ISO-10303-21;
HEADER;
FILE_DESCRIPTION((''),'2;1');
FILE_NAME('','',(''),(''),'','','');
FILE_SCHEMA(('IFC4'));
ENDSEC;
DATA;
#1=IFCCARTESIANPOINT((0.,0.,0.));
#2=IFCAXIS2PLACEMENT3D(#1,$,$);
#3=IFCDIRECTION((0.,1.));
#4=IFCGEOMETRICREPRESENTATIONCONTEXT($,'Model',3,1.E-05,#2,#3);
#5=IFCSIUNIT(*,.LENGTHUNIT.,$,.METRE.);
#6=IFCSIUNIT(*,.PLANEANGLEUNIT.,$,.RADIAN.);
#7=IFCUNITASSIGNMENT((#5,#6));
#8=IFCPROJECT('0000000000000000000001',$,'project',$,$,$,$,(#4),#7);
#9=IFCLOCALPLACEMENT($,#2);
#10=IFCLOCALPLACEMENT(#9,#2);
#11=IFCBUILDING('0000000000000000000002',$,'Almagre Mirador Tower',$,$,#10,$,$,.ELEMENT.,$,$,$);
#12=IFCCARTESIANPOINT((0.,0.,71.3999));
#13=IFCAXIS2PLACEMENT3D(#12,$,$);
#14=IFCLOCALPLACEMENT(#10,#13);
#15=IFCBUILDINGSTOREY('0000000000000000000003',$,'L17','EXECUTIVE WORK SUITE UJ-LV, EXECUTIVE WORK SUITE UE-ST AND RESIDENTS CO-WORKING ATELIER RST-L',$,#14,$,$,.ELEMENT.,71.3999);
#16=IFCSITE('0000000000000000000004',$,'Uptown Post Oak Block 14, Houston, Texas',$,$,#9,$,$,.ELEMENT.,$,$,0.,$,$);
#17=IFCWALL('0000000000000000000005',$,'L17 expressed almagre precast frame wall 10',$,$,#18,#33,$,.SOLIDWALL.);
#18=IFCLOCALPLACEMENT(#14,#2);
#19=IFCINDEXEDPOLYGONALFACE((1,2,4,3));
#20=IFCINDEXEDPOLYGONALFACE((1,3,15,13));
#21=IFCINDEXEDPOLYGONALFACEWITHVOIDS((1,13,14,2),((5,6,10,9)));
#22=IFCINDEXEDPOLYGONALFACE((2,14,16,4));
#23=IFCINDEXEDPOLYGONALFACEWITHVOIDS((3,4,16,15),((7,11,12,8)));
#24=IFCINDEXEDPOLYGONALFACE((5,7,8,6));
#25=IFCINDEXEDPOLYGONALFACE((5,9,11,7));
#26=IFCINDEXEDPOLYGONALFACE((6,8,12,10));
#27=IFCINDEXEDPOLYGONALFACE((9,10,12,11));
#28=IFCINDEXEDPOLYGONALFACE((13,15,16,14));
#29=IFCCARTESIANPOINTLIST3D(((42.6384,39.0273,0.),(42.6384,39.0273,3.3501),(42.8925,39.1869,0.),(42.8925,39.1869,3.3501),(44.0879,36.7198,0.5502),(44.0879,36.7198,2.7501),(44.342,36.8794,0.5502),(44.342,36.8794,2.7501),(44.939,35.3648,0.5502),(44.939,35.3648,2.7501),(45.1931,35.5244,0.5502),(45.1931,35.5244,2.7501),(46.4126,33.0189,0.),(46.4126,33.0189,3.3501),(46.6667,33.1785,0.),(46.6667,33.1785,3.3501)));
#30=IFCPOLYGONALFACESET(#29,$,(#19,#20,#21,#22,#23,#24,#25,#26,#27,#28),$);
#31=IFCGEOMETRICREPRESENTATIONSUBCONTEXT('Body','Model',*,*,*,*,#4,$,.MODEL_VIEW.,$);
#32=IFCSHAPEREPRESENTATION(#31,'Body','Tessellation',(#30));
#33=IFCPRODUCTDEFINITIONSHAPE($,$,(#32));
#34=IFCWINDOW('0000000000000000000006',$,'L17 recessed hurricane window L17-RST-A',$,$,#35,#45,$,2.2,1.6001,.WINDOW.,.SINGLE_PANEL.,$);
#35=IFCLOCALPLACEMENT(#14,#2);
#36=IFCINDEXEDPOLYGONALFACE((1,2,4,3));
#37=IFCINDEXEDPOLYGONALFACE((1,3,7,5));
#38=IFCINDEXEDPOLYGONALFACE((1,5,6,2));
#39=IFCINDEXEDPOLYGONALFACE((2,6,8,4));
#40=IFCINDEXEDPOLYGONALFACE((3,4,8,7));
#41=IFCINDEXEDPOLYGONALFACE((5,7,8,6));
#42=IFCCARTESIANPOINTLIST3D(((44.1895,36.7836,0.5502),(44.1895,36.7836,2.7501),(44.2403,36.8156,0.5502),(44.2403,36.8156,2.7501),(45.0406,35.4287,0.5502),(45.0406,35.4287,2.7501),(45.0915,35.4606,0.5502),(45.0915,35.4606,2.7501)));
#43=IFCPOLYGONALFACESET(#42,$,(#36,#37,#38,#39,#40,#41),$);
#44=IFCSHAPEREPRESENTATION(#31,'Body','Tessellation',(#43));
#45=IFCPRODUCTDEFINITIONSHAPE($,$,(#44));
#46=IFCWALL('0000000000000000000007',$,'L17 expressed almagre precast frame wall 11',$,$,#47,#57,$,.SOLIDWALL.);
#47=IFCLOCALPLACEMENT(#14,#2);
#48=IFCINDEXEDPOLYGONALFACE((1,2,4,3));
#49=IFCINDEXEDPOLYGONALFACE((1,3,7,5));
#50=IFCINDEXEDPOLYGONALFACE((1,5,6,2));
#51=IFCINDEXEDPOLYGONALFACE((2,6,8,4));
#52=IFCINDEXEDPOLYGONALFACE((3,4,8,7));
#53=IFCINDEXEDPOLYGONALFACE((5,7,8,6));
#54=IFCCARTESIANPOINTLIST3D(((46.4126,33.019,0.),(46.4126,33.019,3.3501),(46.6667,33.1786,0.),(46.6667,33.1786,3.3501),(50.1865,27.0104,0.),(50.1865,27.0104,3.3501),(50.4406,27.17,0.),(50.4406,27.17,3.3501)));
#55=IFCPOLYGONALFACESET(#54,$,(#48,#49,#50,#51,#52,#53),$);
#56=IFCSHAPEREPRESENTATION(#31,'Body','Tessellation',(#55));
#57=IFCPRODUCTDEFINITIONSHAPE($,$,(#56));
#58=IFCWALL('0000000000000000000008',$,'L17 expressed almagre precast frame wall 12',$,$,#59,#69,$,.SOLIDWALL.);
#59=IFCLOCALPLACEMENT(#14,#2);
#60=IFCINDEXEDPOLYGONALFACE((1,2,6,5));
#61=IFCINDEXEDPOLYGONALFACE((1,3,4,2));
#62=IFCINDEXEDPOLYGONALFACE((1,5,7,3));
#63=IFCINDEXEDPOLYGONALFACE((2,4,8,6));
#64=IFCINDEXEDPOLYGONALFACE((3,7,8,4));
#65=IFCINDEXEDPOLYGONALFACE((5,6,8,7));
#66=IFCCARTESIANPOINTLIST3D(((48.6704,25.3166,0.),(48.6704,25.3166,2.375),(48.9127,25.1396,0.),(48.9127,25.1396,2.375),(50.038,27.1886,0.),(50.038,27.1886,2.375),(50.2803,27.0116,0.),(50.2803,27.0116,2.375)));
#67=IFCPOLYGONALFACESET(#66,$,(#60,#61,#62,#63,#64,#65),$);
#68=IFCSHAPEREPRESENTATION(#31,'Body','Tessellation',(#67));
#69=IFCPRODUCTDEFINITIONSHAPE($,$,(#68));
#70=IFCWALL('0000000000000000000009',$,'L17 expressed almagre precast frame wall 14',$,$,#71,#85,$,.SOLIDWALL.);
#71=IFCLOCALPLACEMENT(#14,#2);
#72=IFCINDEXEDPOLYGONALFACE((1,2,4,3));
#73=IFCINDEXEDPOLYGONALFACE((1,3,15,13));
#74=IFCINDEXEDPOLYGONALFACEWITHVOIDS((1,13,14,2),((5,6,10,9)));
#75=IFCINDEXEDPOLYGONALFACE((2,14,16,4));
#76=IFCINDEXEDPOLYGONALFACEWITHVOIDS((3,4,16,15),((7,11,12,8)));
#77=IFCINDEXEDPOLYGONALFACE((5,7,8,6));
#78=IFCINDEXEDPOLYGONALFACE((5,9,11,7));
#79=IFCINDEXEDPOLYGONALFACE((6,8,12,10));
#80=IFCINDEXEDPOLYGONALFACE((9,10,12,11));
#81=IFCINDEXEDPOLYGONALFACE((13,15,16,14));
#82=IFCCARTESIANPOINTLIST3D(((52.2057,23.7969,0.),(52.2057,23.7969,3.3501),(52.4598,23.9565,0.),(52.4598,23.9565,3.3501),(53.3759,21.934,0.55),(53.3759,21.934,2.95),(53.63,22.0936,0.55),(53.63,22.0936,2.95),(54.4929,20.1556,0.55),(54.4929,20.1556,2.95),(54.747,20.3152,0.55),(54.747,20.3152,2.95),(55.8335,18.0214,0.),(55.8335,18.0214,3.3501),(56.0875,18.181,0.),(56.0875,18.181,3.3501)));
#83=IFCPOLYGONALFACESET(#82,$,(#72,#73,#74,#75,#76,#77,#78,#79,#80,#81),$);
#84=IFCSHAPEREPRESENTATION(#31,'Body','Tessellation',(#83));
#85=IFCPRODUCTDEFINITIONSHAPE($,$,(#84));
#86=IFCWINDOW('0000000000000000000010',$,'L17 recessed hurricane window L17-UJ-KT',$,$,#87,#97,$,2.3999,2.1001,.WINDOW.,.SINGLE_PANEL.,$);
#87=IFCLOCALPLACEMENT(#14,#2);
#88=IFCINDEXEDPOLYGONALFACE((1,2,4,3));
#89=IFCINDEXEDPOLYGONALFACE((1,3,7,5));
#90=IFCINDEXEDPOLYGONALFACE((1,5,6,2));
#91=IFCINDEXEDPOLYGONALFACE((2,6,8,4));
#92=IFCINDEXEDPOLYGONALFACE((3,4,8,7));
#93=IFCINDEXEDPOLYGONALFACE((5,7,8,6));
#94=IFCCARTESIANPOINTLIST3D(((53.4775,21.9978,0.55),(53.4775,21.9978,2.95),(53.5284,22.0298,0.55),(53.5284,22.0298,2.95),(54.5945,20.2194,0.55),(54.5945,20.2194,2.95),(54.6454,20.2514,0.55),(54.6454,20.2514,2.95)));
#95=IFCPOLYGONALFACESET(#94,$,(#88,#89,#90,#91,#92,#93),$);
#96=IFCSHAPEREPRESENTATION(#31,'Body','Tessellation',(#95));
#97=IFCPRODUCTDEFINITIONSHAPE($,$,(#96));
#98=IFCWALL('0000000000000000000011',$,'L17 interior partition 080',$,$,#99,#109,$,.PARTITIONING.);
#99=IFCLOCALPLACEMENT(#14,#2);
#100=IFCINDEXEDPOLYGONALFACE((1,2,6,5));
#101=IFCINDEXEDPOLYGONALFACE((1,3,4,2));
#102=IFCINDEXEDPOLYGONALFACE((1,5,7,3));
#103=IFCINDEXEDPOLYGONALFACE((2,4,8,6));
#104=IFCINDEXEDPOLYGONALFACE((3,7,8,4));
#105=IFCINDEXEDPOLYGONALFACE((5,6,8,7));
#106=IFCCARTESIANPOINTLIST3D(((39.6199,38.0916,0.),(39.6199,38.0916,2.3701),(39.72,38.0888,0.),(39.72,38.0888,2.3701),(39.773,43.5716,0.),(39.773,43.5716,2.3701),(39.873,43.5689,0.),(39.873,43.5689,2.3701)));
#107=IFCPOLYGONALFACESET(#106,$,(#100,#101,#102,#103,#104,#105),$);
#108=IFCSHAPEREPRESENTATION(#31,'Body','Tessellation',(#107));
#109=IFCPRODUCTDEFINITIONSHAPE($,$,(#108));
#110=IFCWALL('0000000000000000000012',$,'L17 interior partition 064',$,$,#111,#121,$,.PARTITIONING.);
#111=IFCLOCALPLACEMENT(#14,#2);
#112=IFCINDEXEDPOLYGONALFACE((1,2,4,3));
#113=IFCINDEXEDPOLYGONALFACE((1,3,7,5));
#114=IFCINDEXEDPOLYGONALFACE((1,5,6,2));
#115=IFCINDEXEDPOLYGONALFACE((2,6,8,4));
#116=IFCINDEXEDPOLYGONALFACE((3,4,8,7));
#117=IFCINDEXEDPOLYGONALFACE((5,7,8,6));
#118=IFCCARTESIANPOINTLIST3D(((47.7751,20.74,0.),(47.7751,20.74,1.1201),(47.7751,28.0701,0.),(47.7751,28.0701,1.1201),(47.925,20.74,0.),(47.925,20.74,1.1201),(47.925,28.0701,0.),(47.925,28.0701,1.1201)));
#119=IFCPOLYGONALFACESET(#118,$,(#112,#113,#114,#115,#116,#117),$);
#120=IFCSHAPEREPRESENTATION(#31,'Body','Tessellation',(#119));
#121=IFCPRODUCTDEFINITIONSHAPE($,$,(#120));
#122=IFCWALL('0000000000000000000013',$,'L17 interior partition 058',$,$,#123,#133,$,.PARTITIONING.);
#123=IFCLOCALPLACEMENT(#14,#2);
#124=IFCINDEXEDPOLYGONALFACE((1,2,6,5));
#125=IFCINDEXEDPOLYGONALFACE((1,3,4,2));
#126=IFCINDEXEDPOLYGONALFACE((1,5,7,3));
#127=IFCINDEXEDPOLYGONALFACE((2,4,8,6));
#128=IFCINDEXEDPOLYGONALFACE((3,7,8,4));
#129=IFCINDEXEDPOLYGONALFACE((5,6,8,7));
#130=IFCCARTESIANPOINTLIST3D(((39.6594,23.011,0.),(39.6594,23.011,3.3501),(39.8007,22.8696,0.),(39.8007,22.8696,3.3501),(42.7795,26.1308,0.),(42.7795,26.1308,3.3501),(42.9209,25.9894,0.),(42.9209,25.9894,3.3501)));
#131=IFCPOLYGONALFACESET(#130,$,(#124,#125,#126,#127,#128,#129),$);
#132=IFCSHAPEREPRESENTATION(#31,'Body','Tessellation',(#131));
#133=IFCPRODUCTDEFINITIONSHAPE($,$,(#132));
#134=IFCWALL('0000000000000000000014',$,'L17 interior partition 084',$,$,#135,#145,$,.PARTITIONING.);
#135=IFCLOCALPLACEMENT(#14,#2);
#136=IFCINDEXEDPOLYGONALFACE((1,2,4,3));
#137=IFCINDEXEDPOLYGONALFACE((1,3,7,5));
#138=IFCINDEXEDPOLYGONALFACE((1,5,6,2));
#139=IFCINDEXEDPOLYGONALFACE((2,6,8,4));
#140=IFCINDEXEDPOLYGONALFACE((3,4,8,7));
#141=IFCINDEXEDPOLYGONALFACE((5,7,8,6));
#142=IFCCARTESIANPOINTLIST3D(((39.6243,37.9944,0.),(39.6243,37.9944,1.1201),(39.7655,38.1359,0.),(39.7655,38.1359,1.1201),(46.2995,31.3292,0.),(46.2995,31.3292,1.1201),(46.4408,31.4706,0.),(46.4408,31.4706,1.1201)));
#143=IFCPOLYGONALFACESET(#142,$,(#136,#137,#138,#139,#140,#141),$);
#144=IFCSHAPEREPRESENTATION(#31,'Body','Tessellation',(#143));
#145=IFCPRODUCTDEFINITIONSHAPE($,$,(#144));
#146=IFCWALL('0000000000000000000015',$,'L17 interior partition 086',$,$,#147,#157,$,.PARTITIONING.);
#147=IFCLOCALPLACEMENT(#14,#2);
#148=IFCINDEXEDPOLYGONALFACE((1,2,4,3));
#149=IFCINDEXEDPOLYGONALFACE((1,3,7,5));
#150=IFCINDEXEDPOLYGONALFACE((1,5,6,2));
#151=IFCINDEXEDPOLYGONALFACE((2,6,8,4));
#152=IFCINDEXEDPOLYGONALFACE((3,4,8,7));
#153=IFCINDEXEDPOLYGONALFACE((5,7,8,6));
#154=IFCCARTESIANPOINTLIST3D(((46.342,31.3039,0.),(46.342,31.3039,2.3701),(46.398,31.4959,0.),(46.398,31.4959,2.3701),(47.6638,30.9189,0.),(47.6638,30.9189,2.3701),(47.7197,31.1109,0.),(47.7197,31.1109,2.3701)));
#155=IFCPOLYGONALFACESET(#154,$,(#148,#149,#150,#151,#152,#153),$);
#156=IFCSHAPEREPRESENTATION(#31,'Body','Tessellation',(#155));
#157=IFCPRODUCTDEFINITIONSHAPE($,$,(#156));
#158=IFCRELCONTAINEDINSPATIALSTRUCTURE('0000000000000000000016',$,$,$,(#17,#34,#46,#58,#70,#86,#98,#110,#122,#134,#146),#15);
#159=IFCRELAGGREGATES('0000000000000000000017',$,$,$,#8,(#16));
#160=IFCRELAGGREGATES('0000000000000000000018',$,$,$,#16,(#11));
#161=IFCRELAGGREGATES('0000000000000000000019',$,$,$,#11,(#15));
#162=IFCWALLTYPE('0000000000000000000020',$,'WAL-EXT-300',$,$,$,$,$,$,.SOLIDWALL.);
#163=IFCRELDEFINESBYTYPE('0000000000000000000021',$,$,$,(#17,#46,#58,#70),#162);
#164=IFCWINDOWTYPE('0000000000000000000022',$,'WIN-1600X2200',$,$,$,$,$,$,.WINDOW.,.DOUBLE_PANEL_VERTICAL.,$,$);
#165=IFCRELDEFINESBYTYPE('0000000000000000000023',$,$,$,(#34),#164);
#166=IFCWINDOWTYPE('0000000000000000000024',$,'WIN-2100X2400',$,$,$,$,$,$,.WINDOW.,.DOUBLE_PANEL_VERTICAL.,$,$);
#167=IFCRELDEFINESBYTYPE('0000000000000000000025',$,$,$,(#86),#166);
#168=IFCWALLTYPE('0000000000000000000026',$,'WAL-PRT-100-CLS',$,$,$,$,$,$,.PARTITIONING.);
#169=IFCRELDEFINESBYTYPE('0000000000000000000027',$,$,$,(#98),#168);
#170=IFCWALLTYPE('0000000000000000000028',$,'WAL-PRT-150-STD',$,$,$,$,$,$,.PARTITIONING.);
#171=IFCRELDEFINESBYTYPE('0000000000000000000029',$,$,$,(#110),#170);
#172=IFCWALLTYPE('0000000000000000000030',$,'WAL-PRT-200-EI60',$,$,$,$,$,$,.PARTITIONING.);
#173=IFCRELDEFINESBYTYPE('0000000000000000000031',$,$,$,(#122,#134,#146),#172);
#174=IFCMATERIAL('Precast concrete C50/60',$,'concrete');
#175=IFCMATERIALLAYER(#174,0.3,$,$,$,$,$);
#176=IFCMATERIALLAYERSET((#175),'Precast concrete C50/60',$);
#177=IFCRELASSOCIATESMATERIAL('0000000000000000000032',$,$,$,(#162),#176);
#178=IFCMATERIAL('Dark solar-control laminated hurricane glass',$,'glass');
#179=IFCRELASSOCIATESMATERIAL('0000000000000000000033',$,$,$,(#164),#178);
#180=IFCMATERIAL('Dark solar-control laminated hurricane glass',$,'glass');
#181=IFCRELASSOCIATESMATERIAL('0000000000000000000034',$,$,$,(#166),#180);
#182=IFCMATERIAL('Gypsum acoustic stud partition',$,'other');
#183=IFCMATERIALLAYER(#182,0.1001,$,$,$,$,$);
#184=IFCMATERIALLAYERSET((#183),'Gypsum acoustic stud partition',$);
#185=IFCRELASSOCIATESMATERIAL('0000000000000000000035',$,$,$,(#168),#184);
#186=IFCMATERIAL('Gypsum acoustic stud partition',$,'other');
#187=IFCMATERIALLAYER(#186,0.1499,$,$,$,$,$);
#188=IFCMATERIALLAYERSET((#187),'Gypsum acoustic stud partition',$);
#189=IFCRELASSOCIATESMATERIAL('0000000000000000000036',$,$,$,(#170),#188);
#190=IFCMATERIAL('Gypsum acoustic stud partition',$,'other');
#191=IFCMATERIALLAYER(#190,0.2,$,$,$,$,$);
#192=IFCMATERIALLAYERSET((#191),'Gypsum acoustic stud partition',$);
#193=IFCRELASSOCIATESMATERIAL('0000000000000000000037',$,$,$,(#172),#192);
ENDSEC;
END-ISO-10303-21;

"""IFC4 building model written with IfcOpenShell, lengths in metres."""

from ifc_helpers import new_model, si_unit, direction, frame, frame_2d, origin, place, context, subcontext, project, spatial, rectangle, extrude, material, layer, layer_set, type_object, element, fill, save


model = new_model("IFC4")

# Units and contexts
model_context = context("Model", 3, precision=1e-05, world=origin(), true_north=direction((0.0, 1.0)))
body_context = subcontext(model_context, "Body", "Model", "MODEL_VIEW")
ifc_project = project(units=[si_unit("LENGTHUNIT", "METRE"), si_unit("PLANEANGLEUNIT", "RADIAN")], contexts=[model_context])

# Site, building, storey
site_placement = place(None, origin())
site = spatial("IfcSite", under=ifc_project, at=site_placement, Name="Uptown Post Oak Block 14, Houston, Texas", CompositionType="ELEMENT", RefElevation=0.0)
building_placement = place(site_placement, origin())
building = spatial("IfcBuilding", under=site, at=building_placement, Name="Almagre Mirador Tower", CompositionType="ELEMENT")
storey_placement = place(building_placement, frame((0.0, 0.0, 71.3999)))
storey = spatial("IfcBuildingStorey", under=building, at=storey_placement, Name="L17", Description="EXECUTIVE WORK SUITE UJ-LV, EXECUTIVE WORK SUITE UE-ST AND RESIDENTS CO-WORKING ATELIER RST-L", CompositionType="ELEMENT", Elevation=71.3999)

# Shared definitions
ifc_material_1 = material(Name="Precast concrete C50/60", Category="concrete")
ifc_layer_1 = layer(ifc_material_1, 0.3)
ifc_layer_set_1 = layer_set([ifc_layer_1], Name="Precast concrete C50/60")
wall_type_1 = type_object("IfcWallType", Name="WAL-EXT-300", PredefinedType="SOLIDWALL", material=ifc_layer_set_1)

# Wall, opening, window
wall_1_placement = place(storey_placement, frame((42.7654, 39.1072, 0.0), z_axis=(0.0, 0.0, 1.0), x_axis=(0.531921, -0.846794, 0.0)))
wall_1 = element("IfcWall", 1, at=wall_1_placement, inside=storey, type_object=wall_type_1, Name="L17 expressed almagre precast frame wall 10", PredefinedType="SOLIDWALL", context=body_context, shape_type="SweptSolid", body=[
    extrude(rectangle(XDim=7.0955, YDim=0.3, at=frame_2d((3.5479, 0.0))), origin(), (0.0, 0.0, 1.0), 3.3501),
])
opening_1_placement = place(wall_1_placement, frame((2.7251, 0.0, 0.55)))
opening_1 = element("IfcOpeningElement", 2, at=opening_1_placement, cuts=wall_1, PredefinedType="OPENING", context=body_context, shape_type="SweptSolid", body=[
    extrude(rectangle(XDim=1.6001, YDim=2.2, at=frame_2d((0.8, 1.1001))), frame((0.0, 0.1599, 0.0), z_axis=(0.0, -1.0, 0.0), x_axis=(1.0, 0.0, 0.0)), (0.0, 0.0, 1.0), 0.32),
])
ifc_material_2 = material(Name="Dark solar-control laminated hurricane glass", Category="glass")
window_type_1 = type_object("IfcWindowType", Name="WIN-1600X2200", PartitioningType="DOUBLE_PANEL_VERTICAL", PredefinedType="WINDOW", material=ifc_material_2)
window_1_placement = place(opening_1_placement, origin())
window_1 = element("IfcWindow", 3, at=window_1_placement, inside=storey, type_object=window_type_1, Name="L17 recessed hurricane window L17-RST-A", OverallHeight=2.2, OverallWidth=1.6001, PartitioningType="SINGLE_PANEL", PredefinedType="WINDOW", context=body_context, shape_type="SweptSolid", body=[
    extrude(rectangle(XDim=1.6001, YDim=2.2, at=frame_2d((0.8, 1.1001))), frame((0.0, 0.03, 0.0), z_axis=(0.0, -1.0, 0.0), x_axis=(1.0, 0.0, 0.0)), (0.0, 0.0, 1.0), 0.0601),
])
fill(opening_1, window_1)

# Walls
wall_2_placement = place(storey_placement, frame((46.5396, 33.0989, 0.0), z_axis=(0.0, 0.0, 1.0), x_axis=(0.531881, -0.846819, 0.0)))
element("IfcWall", 4, at=wall_2_placement, inside=storey, type_object=wall_type_1, Name="L17 expressed almagre precast frame wall 11", PredefinedType="SOLIDWALL", context=body_context, shape_type="SweptSolid", body=[
    extrude(rectangle(XDim=7.0955, YDim=0.3, at=frame_2d((3.5479, 0.0))), origin(), (0.0, 0.0, 1.0), 3.3501),
])
wall_3_placement = place(storey_placement, frame((50.1592, 27.1001, 0.0), z_axis=(0.0, 0.0, 1.0), x_axis=(-0.589911, -0.807468, 0.0)))
element("IfcWall", 5, at=wall_3_placement, inside=storey, type_object=wall_type_1, Name="L17 expressed almagre precast frame wall 12", PredefinedType="SOLIDWALL", context=body_context, shape_type="SweptSolid", body=[
    extrude(rectangle(XDim=2.3184, YDim=0.3, at=frame_2d((1.1592, 0.0))), origin(), (0.0, 0.0, 1.0), 2.375),
])

# Wall, opening, window
wall_4_placement = place(storey_placement, frame((52.3328, 23.8767, 0.0), z_axis=(0.0, 0.0, 1.0), x_axis=(0.531902, -0.846806, 0.0)))
wall_4 = element("IfcWall", 6, at=wall_4_placement, inside=storey, type_object=wall_type_1, Name="L17 expressed almagre precast frame wall 14", PredefinedType="SOLIDWALL", context=body_context, shape_type="SweptSolid", body=[
    extrude(rectangle(XDim=6.8203, YDim=0.3, at=frame_2d((3.4102, 0.0))), origin(), (0.0, 0.0, 1.0), 3.3501),
])
opening_2_placement = place(wall_4_placement, frame((2.2, 0.0, 0.55)))
opening_2 = element("IfcOpeningElement", 7, at=opening_2_placement, cuts=wall_4, PredefinedType="OPENING", context=body_context, shape_type="SweptSolid", body=[
    extrude(rectangle(XDim=2.1001, YDim=2.3999, at=frame_2d((1.05, 1.2))), frame((0.0, 0.1599, 0.0), z_axis=(0.0, -1.0, 0.0), x_axis=(1.0, 0.0, 0.0)), (0.0, 0.0, 1.0), 0.32),
])
ifc_material_3 = material(Name="Dark solar-control laminated hurricane glass", Category="glass")
window_type_2 = type_object("IfcWindowType", Name="WIN-2100X2400", PartitioningType="DOUBLE_PANEL_VERTICAL", PredefinedType="WINDOW", material=ifc_material_3)
window_2_placement = place(opening_2_placement, origin())
window_2 = element("IfcWindow", 8, at=window_2_placement, inside=storey, type_object=window_type_2, Name="L17 recessed hurricane window L17-UJ-KT", OverallHeight=2.3999, OverallWidth=2.1001, PartitioningType="SINGLE_PANEL", PredefinedType="WINDOW", context=body_context, shape_type="SweptSolid", body=[
    extrude(rectangle(XDim=2.1001, YDim=2.3999, at=frame_2d((1.05, 1.2))), frame((0.0, 0.03, 0.0), z_axis=(0.0, -1.0, 0.0), x_axis=(1.0, 0.0, 0.0)), (0.0, 0.0, 1.0), 0.0601),
])
fill(opening_2, window_2)

# Walls
ifc_material_4 = material(Name="Gypsum acoustic stud partition", Category="other")
ifc_layer_2 = layer(ifc_material_4, 0.1001)
ifc_layer_set_2 = layer_set([ifc_layer_2], Name="Gypsum acoustic stud partition")
wall_type_2 = type_object("IfcWallType", Name="WAL-PRT-100-CLS", PredefinedType="PARTITIONING", material=ifc_layer_set_2)
wall_5_placement = place(storey_placement, frame((39.6699, 38.0901, 0.0), z_axis=(0.0, 0.0, 1.0), x_axis=(0.027923, 0.99961, 0.0)))
element("IfcWall", 9, at=wall_5_placement, inside=storey, type_object=wall_type_2, Name="L17 interior partition 080", PredefinedType="PARTITIONING", context=body_context, shape_type="SweptSolid", body=[
    extrude(rectangle(XDim=5.4822, YDim=0.1001, at=frame_2d((2.7412, 0.0))), origin(), (0.0, 0.0, 1.0), 2.3701),
])
ifc_material_5 = material(Name="Gypsum acoustic stud partition", Category="other")
ifc_layer_3 = layer(ifc_material_5, 0.1499)
ifc_layer_set_3 = layer_set([ifc_layer_3], Name="Gypsum acoustic stud partition")
wall_type_3 = type_object("IfcWallType", Name="WAL-PRT-150-STD", PredefinedType="PARTITIONING", material=ifc_layer_set_3)
wall_6_placement = place(storey_placement, frame((47.8501, 28.0701, 0.0), z_axis=(0.0, 0.0, 1.0), x_axis=(0.0, -1.0, 0.0)))
element("IfcWall", 10, at=wall_6_placement, inside=storey, type_object=wall_type_3, Name="L17 interior partition 064", PredefinedType="PARTITIONING", context=body_context, shape_type="SweptSolid", body=[
    extrude(rectangle(XDim=7.3301, YDim=0.1499, at=frame_2d((3.665, 0.0))), origin(), (0.0, 0.0, 1.0), 1.1201),
])
ifc_material_6 = material(Name="Gypsum acoustic stud partition", Category="other")
ifc_layer_4 = layer(ifc_material_6, 0.2)
ifc_layer_set_4 = layer_set([ifc_layer_4], Name="Gypsum acoustic stud partition")
wall_type_4 = type_object("IfcWallType", Name="WAL-PRT-200-EI60", PredefinedType="PARTITIONING", material=ifc_layer_set_4)
wall_7_placement = place(storey_placement, frame((42.8501, 26.0601, 0.0), z_axis=(0.0, 0.0, 1.0), x_axis=(-0.707134, -0.707079, 0.0)))
element("IfcWall", 11, at=wall_7_placement, inside=storey, type_object=wall_type_4, Name="L17 interior partition 058", PredefinedType="PARTITIONING", context=body_context, shape_type="SweptSolid", body=[
    extrude(rectangle(XDim=4.4124, YDim=0.2, at=frame_2d((2.2061, 0.0))), origin(), (0.0, 0.0, 1.0), 3.3501),
])
wall_8_placement = place(storey_placement, frame((46.3701, 31.3999, 0.0), z_axis=(0.0, 0.0, 1.0), x_axis=(-0.707637, 0.706576, 0.0)))
element("IfcWall", 12, at=wall_8_placement, inside=storey, type_object=wall_type_4, Name="L17 interior partition 084", PredefinedType="PARTITIONING", context=body_context, shape_type="SweptSolid", body=[
    extrude(rectangle(XDim=9.4331, YDim=0.2, at=frame_2d((4.7166, 0.0))), origin(), (0.0, 0.0, 1.0), 1.1201),
])
wall_9_placement = place(storey_placement, frame((47.6919, 31.0149, 0.0), z_axis=(0.0, 0.0, 1.0), x_axis=(-0.960099, 0.279659, 0.0)))
element("IfcWall", 13, at=wall_9_placement, inside=storey, type_object=wall_type_4, Name="L17 interior partition 086", PredefinedType="PARTITIONING", context=body_context, shape_type="SweptSolid", body=[
    extrude(rectangle(XDim=1.3767, YDim=0.2, at=frame_2d((0.6885, 0.0))), origin(), (0.0, 0.0, 1.0), 2.3701),
])

save(model, "model.ifc")
